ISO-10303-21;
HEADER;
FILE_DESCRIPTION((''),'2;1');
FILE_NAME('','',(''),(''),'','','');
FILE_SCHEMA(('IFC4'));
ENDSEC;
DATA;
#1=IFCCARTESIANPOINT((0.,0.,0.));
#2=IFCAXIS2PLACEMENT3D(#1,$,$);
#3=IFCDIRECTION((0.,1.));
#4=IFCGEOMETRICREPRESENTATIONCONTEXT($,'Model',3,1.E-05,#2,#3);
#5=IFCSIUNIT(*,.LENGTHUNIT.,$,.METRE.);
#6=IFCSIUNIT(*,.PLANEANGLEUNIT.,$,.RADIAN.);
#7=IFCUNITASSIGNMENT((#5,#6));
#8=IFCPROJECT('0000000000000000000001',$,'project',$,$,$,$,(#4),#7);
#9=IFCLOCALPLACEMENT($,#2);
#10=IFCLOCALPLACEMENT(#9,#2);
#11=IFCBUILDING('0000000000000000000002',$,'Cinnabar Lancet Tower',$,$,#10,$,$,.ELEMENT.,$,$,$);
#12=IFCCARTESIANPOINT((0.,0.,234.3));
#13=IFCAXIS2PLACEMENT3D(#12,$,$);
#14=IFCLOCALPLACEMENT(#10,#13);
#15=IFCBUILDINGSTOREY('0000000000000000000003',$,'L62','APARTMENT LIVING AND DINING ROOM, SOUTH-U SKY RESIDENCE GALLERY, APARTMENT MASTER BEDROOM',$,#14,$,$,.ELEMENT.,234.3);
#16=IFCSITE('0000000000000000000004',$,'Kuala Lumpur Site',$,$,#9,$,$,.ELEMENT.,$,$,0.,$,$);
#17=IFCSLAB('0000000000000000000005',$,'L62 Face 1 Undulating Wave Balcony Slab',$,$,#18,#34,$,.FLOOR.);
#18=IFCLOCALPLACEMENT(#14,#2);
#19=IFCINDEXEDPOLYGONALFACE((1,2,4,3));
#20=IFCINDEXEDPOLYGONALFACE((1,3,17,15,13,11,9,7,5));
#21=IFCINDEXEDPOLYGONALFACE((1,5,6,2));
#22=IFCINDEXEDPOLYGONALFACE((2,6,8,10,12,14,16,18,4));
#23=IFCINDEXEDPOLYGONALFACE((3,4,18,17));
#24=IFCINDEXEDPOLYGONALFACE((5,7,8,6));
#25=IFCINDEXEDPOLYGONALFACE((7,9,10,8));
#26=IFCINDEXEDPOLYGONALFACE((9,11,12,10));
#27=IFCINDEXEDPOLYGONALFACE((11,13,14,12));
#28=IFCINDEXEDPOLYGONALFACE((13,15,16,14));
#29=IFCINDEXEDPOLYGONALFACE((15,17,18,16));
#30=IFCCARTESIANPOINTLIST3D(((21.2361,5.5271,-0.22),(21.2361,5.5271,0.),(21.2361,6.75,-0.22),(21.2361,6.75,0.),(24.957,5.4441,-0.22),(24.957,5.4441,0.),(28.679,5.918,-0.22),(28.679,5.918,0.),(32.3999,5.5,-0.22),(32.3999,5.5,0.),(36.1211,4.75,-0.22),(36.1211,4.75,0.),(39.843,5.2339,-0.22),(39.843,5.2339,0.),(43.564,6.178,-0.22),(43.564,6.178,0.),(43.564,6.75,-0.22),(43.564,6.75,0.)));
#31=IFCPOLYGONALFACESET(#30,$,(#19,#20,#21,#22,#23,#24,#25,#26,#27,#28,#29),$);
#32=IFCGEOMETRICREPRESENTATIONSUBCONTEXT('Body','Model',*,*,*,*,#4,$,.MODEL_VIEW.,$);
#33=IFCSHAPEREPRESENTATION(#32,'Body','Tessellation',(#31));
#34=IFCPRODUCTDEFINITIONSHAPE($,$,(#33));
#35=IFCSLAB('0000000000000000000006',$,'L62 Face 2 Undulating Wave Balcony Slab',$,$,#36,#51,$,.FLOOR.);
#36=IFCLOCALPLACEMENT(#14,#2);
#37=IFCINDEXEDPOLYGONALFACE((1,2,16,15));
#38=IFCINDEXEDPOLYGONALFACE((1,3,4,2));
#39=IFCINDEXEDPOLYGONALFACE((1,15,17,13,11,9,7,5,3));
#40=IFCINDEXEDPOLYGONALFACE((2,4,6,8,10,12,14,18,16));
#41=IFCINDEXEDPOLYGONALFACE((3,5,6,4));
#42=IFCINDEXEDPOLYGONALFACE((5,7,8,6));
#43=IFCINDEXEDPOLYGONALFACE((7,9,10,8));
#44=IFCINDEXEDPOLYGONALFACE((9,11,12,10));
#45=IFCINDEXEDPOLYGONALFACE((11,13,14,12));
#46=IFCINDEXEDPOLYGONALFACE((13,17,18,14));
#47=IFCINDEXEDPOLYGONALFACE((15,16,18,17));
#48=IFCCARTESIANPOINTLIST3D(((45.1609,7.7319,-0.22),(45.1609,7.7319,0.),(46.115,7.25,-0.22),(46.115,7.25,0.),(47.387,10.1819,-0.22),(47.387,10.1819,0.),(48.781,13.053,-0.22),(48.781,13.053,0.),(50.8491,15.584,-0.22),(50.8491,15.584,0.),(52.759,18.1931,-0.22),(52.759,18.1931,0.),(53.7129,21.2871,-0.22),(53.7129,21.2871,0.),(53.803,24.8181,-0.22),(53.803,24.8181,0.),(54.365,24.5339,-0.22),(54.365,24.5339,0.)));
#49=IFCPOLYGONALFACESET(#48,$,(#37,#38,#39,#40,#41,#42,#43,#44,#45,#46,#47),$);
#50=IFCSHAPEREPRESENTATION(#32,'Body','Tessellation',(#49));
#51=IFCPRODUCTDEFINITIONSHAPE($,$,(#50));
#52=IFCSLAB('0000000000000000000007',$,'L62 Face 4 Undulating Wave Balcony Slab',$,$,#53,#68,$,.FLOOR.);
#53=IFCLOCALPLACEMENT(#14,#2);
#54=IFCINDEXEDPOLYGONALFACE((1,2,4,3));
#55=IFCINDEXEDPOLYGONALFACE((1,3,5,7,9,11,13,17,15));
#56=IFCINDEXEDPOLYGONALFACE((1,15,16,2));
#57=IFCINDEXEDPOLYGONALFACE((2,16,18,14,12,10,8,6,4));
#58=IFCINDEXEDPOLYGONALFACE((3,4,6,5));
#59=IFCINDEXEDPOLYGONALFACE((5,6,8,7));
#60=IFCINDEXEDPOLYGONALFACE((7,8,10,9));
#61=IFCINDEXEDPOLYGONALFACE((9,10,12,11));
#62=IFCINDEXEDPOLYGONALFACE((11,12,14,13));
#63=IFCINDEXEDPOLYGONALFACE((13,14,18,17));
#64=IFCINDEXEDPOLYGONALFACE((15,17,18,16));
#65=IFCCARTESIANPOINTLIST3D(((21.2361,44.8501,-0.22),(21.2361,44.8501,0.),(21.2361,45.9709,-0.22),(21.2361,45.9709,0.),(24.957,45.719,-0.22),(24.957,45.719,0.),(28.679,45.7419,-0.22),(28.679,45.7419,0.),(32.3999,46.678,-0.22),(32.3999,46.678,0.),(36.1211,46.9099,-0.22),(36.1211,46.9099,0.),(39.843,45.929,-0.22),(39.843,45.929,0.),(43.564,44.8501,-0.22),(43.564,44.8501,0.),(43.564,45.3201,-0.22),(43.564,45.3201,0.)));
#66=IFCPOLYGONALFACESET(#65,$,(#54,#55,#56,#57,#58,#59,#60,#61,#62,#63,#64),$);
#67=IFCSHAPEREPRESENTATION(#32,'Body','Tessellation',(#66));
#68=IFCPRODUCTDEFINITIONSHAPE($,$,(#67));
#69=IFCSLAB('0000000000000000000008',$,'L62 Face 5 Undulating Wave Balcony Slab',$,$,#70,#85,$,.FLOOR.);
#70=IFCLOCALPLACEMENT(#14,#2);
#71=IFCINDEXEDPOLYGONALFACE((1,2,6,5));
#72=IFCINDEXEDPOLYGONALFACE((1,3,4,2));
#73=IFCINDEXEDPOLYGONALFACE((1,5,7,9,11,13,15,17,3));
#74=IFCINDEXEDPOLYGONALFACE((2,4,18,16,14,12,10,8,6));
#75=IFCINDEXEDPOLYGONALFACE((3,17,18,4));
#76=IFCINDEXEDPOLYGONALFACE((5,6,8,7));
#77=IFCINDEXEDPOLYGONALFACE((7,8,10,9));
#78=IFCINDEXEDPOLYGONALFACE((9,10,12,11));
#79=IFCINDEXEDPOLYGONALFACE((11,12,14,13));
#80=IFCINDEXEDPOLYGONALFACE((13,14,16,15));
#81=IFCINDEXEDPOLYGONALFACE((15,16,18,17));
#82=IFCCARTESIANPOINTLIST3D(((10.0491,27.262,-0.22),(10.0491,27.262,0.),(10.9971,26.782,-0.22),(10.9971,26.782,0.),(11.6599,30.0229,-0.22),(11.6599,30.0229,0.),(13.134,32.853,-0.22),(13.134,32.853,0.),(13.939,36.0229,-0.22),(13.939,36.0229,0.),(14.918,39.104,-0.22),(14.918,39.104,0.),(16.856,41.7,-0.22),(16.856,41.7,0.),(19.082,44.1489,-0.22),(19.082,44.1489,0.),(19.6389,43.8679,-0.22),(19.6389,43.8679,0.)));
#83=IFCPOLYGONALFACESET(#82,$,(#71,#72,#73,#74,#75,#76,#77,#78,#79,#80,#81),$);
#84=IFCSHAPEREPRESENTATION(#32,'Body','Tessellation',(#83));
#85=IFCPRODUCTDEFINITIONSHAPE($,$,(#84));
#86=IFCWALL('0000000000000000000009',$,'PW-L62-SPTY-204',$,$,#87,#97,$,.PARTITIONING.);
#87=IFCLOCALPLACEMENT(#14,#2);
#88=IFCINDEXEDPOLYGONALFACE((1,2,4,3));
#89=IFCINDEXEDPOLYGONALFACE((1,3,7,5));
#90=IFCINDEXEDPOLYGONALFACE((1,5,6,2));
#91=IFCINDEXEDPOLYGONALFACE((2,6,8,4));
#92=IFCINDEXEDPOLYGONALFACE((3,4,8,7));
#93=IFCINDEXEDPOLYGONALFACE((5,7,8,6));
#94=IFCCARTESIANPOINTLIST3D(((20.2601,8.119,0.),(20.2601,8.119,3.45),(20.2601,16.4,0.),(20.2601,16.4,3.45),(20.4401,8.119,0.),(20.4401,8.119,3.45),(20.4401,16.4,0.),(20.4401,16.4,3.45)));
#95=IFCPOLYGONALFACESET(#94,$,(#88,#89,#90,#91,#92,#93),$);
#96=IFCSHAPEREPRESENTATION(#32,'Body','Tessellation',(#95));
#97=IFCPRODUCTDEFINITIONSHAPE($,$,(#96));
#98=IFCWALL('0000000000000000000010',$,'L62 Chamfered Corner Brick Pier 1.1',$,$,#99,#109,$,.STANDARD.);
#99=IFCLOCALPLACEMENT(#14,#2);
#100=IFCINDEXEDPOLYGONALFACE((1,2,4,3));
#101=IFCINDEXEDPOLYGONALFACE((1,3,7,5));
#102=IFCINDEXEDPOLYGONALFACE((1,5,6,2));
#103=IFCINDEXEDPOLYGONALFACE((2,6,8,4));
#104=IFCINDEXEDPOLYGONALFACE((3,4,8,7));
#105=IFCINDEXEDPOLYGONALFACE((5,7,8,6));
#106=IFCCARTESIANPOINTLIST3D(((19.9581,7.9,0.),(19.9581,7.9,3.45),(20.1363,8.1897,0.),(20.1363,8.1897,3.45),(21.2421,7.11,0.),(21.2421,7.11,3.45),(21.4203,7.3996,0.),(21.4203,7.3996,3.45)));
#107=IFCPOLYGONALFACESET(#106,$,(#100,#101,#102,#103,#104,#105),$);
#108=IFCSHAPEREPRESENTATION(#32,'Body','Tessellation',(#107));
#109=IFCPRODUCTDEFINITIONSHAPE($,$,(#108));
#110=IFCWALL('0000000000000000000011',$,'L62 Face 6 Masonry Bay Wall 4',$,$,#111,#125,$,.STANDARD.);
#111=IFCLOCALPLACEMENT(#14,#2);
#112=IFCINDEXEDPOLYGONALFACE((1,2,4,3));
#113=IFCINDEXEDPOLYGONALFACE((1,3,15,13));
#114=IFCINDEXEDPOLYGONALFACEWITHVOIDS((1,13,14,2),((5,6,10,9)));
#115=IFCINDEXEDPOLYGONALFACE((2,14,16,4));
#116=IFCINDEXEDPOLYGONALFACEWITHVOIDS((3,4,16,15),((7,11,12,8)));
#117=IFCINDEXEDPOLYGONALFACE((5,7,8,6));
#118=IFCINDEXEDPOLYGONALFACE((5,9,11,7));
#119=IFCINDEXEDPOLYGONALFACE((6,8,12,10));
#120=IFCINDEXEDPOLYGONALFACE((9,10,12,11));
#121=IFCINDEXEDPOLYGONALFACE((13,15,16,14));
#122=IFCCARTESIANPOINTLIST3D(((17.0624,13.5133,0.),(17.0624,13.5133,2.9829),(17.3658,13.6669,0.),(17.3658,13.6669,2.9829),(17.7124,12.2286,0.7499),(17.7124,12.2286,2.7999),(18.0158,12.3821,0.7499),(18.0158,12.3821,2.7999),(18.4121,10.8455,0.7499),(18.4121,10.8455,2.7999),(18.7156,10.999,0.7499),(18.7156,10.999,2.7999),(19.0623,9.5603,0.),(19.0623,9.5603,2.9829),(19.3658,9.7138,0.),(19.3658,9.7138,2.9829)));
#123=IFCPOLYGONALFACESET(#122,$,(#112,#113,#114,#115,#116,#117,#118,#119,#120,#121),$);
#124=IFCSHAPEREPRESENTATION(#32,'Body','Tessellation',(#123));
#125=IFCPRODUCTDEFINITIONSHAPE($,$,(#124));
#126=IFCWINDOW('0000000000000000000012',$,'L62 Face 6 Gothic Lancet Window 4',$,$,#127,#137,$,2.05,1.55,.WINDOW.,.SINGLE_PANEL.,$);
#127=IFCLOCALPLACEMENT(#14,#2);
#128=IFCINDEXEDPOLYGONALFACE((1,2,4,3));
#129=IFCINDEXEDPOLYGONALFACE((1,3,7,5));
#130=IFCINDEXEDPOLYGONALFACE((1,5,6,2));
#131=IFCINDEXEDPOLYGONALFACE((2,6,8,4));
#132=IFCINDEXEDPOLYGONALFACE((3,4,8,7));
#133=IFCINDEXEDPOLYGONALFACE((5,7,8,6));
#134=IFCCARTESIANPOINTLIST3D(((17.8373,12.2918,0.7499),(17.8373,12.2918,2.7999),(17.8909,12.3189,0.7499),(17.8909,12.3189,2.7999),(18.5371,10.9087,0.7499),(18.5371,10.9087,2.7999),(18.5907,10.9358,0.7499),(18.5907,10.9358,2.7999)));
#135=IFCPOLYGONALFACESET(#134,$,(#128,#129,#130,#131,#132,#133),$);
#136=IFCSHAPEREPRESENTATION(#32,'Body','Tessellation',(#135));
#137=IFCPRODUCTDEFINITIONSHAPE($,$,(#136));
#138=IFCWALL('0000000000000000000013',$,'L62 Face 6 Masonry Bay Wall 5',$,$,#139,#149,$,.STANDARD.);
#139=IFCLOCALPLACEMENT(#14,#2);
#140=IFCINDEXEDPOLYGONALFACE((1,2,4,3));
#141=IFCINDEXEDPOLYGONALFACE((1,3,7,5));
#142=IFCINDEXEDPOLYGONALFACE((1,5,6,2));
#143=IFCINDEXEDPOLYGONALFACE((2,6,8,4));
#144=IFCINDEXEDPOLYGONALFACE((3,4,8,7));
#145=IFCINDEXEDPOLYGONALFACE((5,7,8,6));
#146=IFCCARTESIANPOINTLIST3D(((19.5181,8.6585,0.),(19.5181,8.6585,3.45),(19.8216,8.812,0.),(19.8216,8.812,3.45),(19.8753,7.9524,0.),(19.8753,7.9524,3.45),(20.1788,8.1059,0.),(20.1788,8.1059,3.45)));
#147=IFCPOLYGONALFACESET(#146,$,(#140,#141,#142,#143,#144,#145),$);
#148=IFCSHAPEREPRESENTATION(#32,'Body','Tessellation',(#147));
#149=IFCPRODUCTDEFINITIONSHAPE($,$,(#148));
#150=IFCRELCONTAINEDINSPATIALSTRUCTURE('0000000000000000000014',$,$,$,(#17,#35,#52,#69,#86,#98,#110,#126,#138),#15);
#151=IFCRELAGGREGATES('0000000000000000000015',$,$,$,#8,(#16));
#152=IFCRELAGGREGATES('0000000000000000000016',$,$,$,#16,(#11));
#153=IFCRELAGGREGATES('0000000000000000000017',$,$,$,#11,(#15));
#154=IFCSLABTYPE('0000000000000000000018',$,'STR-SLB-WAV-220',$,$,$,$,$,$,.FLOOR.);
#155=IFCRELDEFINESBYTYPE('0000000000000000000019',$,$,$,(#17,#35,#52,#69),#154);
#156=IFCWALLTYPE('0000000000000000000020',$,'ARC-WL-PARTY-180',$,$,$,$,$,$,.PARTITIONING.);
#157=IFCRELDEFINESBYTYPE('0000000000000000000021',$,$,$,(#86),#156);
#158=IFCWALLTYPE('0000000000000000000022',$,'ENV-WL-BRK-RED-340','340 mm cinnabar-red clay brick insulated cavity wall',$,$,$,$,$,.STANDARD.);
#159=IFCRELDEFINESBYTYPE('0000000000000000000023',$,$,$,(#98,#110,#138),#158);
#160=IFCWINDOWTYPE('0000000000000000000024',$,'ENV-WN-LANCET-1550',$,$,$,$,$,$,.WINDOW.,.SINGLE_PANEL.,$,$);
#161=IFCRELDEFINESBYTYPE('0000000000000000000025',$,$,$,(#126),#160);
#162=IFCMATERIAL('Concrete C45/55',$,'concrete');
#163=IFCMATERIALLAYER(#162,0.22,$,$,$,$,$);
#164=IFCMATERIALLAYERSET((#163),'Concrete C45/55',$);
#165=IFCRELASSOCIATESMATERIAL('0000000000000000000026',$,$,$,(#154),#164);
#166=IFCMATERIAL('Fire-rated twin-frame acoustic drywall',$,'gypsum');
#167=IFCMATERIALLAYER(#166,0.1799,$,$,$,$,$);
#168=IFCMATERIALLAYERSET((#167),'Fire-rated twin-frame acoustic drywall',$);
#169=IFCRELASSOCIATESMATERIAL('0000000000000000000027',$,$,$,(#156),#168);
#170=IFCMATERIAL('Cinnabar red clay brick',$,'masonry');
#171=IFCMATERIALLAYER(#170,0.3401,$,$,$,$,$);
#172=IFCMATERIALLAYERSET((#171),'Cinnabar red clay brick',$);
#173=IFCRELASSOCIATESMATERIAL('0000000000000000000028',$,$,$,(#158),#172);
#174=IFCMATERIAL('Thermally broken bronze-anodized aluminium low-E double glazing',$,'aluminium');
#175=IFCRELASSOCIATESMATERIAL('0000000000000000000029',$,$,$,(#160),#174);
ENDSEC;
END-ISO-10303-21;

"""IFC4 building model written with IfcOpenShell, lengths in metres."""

from ifc_helpers import new_model, si_unit, direction, frame, frame_2d, origin, place, context, subcontext, project, spatial, polyline, rectangle, outline, extrude, material, layer, layer_set, type_object, element, fill, save


model = new_model("IFC4")

# Units and contexts
model_context = context("Model", 3, precision=1e-05, world=origin(), true_north=direction((0.0, 1.0)))
body_context = subcontext(model_context, "Body", "Model", "MODEL_VIEW")
ifc_project = project(units=[si_unit("LENGTHUNIT", "METRE"), si_unit("PLANEANGLEUNIT", "RADIAN")], contexts=[model_context])

# Site, building, storey
site_placement = place(None, origin())
site = spatial("IfcSite", under=ifc_project, at=site_placement, Name="Kuala Lumpur Site", CompositionType="ELEMENT", RefElevation=0.0)
building_placement = place(site_placement, origin())
building = spatial("IfcBuilding", under=site, at=building_placement, Name="Cinnabar Lancet Tower", CompositionType="ELEMENT")
storey_placement = place(building_placement, frame((0.0, 0.0, 234.3)))
storey = spatial("IfcBuildingStorey", under=building, at=storey_placement, Name="L62", Description="APARTMENT LIVING AND DINING ROOM, SOUTH-U SKY RESIDENCE GALLERY, APARTMENT MASTER BEDROOM", CompositionType="ELEMENT", Elevation=234.3)

# Slabs
ifc_material_1 = material(Name="Concrete C45/55", Category="concrete")
ifc_layer_1 = layer(ifc_material_1, 0.22)
ifc_layer_set_1 = layer_set([ifc_layer_1], Name="Concrete C45/55")
slab_type_1 = type_object("IfcSlabType", Name="STR-SLB-WAV-220", PredefinedType="FLOOR", material=ifc_layer_set_1)
slab_1_placement = place(storey_placement, frame((0.0, 0.0, -0.22)))
element("IfcSlab", 1, at=slab_1_placement, inside=storey, type_object=slab_type_1, Name="L62 Face 1 Undulating Wave Balcony Slab", PredefinedType="FLOOR", context=body_context, shape_type="SweptSolid", body=[
    extrude(outline(polyline([(21.2361, 6.75), (21.2361, 5.5271), (24.957, 5.4441), (28.679, 5.918), (32.3999, 5.5), (36.1211, 4.75), (39.843, 5.2339), (43.564, 6.178), (43.564, 6.75), (21.2361, 6.75)])), origin(), (0.0, 0.0, 1.0), 0.22),
])
slab_2_placement = place(storey_placement, frame((0.0, 0.0, -0.22)))
element("IfcSlab", 2, at=slab_2_placement, inside=storey, type_object=slab_type_1, Name="L62 Face 2 Undulating Wave Balcony Slab", PredefinedType="FLOOR", context=body_context, shape_type="SweptSolid", body=[
    extrude(outline(polyline([(45.1609, 7.7319), (46.115, 7.25), (47.387, 10.1819), (48.781, 13.053), (50.8491, 15.584), (52.759, 18.1931), (53.7129, 21.2871), (54.365, 24.5339), (53.803, 24.8181), (45.1609, 7.7319)])), origin(), (0.0, 0.0, 1.0), 0.22),
])
slab_3_placement = place(storey_placement, frame((0.0, 0.0, -0.22)))
element("IfcSlab", 3, at=slab_3_placement, inside=storey, type_object=slab_type_1, Name="L62 Face 4 Undulating Wave Balcony Slab", PredefinedType="FLOOR", context=body_context, shape_type="SweptSolid", body=[
    extrude(outline(polyline([(43.564, 44.8501), (43.564, 45.3201), (39.843, 45.929), (36.1211, 46.9099), (32.3999, 46.678), (28.679, 45.7419), (24.957, 45.719), (21.2361, 45.9709), (21.2361, 44.8501), (43.564, 44.8501)])), origin(), (0.0, 0.0, 1.0), 0.22),
])
slab_4_placement = place(storey_placement, frame((0.0, 0.0, -0.22)))
element("IfcSlab", 4, at=slab_4_placement, inside=storey, type_object=slab_type_1, Name="L62 Face 5 Undulating Wave Balcony Slab", PredefinedType="FLOOR", context=body_context, shape_type="SweptSolid", body=[
    extrude(outline(polyline([(19.6389, 43.8679), (19.082, 44.1489), (16.856, 41.7), (14.918, 39.104), (13.939, 36.0229), (13.134, 32.853), (11.6599, 30.0229), (10.0491, 27.262), (10.9971, 26.782), (19.6389, 43.8679)])), origin(), (0.0, 0.0, 1.0), 0.22),
])

# Walls
ifc_material_2 = material(Name="Fire-rated twin-frame acoustic drywall", Category="gypsum")
ifc_layer_2 = layer(ifc_material_2, 0.1799)
ifc_layer_set_2 = layer_set([ifc_layer_2], Name="Fire-rated twin-frame acoustic drywall")
wall_type_1 = type_object("IfcWallType", Name="ARC-WL-PARTY-180", PredefinedType="PARTITIONING", material=ifc_layer_set_2)
wall_1_placement = place(storey_placement, frame((20.3501, 8.1189, 0.0), z_axis=(0.0, 0.0, 1.0), x_axis=(0.0, 1.0, 0.0)))
element("IfcWall", 5, at=wall_1_placement, inside=storey, type_object=wall_type_1, Name="PW-L62-SPTY-204", PredefinedType="PARTITIONING", context=body_context, shape_type="SweptSolid", body=[
    extrude(rectangle(XDim=8.281, YDim=0.1799, at=frame_2d((4.1406, 0.0))), origin(), (0.0, 0.0, 1.0), 3.45),
])
ifc_material_3 = material(Name="Cinnabar red clay brick", Category="masonry")
ifc_layer_3 = layer(ifc_material_3, 0.3401)
ifc_layer_set_3 = layer_set([ifc_layer_3], Name="Cinnabar red clay brick")
wall_type_2 = type_object("IfcWallType", Name="ENV-WL-BRK-RED-340", Description="340 mm cinnabar-red clay brick insulated cavity wall", PredefinedType="STANDARD", material=ifc_layer_set_3)
wall_2_placement = place(storey_placement, frame((20.0471, 8.0449, 0.0), z_axis=(0.0, 0.0, 1.0), x_axis=(0.851681, -0.524061, 0.0)))
element("IfcWall", 6, at=wall_2_placement, inside=storey, type_object=wall_type_2, Name="L62 Chamfered Corner Brick Pier 1.1", PredefinedType="STANDARD", context=body_context, shape_type="SweptSolid", body=[
    extrude(rectangle(XDim=1.5076, YDim=0.3401, at=frame_2d((0.7539, 0.0))), origin(), (0.0, 0.0, 1.0), 3.45),
])

# Wall, opening, window
wall_3_placement = place(storey_placement, frame((17.2141, 13.5901, 0.0), z_axis=(0.0, 0.0, 1.0), x_axis=(0.451441, -0.892301, 0.0)))
wall_3 = element("IfcWall", 7, at=wall_3_placement, inside=storey, type_object=wall_type_2, Name="L62 Face 6 Masonry Bay Wall 4", PredefinedType="STANDARD", context=body_context, shape_type="SweptSolid", body=[
    extrude(rectangle(XDim=4.4302, YDim=0.3401, at=frame_2d((2.2151, 0.0))), origin(), (0.0, 0.0, 1.0), 2.9829),
])
opening_placement = place(wall_3_placement, frame((1.4399, 0.0, 0.75)))
opening = element("IfcOpeningElement", 8, at=opening_placement, cuts=wall_3, PredefinedType="OPENING", context=body_context, shape_type="SweptSolid", body=[
    extrude(rectangle(XDim=1.55, YDim=2.05, at=frame_2d((0.7749, 1.0249))), frame((0.0, 0.1799, 0.0), z_axis=(0.0, -1.0, 0.0), x_axis=(1.0, 0.0, 0.0)), (0.0, 0.0, 1.0), 0.3601),
])
ifc_material_4 = material(Name="Thermally broken bronze-anodized aluminium low-E double glazing", Category="aluminium")
window_type = type_object("IfcWindowType", Name="ENV-WN-LANCET-1550", PartitioningType="SINGLE_PANEL", PredefinedType="WINDOW", material=ifc_material_4)
window_placement = place(opening_placement, origin())
window = element("IfcWindow", 9, at=window_placement, inside=storey, type_object=window_type, Name="L62 Face 6 Gothic Lancet Window 4", OverallHeight=2.05, OverallWidth=1.55, PartitioningType="SINGLE_PANEL", PredefinedType="WINDOW", context=body_context, shape_type="SweptSolid", body=[
    extrude(rectangle(XDim=1.55, YDim=2.05, at=frame_2d((0.7749, 1.0249))), frame((0.0, 0.03, 0.0), z_axis=(0.0, -1.0, 0.0), x_axis=(1.0, 0.0, 0.0)), (0.0, 0.0, 1.0), 0.0601),
])
fill(opening, window)

# Wall
wall_4_placement = place(storey_placement, frame((19.6699, 8.7351, 0.0), z_axis=(0.0, 0.0, 1.0), x_axis=(0.451405, -0.892319, 0.0)))
element("IfcWall", 10, at=wall_4_placement, inside=storey, type_object=wall_type_2, Name="L62 Face 6 Masonry Bay Wall 5", PredefinedType="STANDARD", context=body_context, shape_type="SweptSolid", body=[
    extrude(rectangle(XDim=0.7913, YDim=0.3401, at=frame_2d((0.3955, 0.0))), origin(), (0.0, 0.0, 1.0), 3.45),
])

save(model, "model.ifc")
